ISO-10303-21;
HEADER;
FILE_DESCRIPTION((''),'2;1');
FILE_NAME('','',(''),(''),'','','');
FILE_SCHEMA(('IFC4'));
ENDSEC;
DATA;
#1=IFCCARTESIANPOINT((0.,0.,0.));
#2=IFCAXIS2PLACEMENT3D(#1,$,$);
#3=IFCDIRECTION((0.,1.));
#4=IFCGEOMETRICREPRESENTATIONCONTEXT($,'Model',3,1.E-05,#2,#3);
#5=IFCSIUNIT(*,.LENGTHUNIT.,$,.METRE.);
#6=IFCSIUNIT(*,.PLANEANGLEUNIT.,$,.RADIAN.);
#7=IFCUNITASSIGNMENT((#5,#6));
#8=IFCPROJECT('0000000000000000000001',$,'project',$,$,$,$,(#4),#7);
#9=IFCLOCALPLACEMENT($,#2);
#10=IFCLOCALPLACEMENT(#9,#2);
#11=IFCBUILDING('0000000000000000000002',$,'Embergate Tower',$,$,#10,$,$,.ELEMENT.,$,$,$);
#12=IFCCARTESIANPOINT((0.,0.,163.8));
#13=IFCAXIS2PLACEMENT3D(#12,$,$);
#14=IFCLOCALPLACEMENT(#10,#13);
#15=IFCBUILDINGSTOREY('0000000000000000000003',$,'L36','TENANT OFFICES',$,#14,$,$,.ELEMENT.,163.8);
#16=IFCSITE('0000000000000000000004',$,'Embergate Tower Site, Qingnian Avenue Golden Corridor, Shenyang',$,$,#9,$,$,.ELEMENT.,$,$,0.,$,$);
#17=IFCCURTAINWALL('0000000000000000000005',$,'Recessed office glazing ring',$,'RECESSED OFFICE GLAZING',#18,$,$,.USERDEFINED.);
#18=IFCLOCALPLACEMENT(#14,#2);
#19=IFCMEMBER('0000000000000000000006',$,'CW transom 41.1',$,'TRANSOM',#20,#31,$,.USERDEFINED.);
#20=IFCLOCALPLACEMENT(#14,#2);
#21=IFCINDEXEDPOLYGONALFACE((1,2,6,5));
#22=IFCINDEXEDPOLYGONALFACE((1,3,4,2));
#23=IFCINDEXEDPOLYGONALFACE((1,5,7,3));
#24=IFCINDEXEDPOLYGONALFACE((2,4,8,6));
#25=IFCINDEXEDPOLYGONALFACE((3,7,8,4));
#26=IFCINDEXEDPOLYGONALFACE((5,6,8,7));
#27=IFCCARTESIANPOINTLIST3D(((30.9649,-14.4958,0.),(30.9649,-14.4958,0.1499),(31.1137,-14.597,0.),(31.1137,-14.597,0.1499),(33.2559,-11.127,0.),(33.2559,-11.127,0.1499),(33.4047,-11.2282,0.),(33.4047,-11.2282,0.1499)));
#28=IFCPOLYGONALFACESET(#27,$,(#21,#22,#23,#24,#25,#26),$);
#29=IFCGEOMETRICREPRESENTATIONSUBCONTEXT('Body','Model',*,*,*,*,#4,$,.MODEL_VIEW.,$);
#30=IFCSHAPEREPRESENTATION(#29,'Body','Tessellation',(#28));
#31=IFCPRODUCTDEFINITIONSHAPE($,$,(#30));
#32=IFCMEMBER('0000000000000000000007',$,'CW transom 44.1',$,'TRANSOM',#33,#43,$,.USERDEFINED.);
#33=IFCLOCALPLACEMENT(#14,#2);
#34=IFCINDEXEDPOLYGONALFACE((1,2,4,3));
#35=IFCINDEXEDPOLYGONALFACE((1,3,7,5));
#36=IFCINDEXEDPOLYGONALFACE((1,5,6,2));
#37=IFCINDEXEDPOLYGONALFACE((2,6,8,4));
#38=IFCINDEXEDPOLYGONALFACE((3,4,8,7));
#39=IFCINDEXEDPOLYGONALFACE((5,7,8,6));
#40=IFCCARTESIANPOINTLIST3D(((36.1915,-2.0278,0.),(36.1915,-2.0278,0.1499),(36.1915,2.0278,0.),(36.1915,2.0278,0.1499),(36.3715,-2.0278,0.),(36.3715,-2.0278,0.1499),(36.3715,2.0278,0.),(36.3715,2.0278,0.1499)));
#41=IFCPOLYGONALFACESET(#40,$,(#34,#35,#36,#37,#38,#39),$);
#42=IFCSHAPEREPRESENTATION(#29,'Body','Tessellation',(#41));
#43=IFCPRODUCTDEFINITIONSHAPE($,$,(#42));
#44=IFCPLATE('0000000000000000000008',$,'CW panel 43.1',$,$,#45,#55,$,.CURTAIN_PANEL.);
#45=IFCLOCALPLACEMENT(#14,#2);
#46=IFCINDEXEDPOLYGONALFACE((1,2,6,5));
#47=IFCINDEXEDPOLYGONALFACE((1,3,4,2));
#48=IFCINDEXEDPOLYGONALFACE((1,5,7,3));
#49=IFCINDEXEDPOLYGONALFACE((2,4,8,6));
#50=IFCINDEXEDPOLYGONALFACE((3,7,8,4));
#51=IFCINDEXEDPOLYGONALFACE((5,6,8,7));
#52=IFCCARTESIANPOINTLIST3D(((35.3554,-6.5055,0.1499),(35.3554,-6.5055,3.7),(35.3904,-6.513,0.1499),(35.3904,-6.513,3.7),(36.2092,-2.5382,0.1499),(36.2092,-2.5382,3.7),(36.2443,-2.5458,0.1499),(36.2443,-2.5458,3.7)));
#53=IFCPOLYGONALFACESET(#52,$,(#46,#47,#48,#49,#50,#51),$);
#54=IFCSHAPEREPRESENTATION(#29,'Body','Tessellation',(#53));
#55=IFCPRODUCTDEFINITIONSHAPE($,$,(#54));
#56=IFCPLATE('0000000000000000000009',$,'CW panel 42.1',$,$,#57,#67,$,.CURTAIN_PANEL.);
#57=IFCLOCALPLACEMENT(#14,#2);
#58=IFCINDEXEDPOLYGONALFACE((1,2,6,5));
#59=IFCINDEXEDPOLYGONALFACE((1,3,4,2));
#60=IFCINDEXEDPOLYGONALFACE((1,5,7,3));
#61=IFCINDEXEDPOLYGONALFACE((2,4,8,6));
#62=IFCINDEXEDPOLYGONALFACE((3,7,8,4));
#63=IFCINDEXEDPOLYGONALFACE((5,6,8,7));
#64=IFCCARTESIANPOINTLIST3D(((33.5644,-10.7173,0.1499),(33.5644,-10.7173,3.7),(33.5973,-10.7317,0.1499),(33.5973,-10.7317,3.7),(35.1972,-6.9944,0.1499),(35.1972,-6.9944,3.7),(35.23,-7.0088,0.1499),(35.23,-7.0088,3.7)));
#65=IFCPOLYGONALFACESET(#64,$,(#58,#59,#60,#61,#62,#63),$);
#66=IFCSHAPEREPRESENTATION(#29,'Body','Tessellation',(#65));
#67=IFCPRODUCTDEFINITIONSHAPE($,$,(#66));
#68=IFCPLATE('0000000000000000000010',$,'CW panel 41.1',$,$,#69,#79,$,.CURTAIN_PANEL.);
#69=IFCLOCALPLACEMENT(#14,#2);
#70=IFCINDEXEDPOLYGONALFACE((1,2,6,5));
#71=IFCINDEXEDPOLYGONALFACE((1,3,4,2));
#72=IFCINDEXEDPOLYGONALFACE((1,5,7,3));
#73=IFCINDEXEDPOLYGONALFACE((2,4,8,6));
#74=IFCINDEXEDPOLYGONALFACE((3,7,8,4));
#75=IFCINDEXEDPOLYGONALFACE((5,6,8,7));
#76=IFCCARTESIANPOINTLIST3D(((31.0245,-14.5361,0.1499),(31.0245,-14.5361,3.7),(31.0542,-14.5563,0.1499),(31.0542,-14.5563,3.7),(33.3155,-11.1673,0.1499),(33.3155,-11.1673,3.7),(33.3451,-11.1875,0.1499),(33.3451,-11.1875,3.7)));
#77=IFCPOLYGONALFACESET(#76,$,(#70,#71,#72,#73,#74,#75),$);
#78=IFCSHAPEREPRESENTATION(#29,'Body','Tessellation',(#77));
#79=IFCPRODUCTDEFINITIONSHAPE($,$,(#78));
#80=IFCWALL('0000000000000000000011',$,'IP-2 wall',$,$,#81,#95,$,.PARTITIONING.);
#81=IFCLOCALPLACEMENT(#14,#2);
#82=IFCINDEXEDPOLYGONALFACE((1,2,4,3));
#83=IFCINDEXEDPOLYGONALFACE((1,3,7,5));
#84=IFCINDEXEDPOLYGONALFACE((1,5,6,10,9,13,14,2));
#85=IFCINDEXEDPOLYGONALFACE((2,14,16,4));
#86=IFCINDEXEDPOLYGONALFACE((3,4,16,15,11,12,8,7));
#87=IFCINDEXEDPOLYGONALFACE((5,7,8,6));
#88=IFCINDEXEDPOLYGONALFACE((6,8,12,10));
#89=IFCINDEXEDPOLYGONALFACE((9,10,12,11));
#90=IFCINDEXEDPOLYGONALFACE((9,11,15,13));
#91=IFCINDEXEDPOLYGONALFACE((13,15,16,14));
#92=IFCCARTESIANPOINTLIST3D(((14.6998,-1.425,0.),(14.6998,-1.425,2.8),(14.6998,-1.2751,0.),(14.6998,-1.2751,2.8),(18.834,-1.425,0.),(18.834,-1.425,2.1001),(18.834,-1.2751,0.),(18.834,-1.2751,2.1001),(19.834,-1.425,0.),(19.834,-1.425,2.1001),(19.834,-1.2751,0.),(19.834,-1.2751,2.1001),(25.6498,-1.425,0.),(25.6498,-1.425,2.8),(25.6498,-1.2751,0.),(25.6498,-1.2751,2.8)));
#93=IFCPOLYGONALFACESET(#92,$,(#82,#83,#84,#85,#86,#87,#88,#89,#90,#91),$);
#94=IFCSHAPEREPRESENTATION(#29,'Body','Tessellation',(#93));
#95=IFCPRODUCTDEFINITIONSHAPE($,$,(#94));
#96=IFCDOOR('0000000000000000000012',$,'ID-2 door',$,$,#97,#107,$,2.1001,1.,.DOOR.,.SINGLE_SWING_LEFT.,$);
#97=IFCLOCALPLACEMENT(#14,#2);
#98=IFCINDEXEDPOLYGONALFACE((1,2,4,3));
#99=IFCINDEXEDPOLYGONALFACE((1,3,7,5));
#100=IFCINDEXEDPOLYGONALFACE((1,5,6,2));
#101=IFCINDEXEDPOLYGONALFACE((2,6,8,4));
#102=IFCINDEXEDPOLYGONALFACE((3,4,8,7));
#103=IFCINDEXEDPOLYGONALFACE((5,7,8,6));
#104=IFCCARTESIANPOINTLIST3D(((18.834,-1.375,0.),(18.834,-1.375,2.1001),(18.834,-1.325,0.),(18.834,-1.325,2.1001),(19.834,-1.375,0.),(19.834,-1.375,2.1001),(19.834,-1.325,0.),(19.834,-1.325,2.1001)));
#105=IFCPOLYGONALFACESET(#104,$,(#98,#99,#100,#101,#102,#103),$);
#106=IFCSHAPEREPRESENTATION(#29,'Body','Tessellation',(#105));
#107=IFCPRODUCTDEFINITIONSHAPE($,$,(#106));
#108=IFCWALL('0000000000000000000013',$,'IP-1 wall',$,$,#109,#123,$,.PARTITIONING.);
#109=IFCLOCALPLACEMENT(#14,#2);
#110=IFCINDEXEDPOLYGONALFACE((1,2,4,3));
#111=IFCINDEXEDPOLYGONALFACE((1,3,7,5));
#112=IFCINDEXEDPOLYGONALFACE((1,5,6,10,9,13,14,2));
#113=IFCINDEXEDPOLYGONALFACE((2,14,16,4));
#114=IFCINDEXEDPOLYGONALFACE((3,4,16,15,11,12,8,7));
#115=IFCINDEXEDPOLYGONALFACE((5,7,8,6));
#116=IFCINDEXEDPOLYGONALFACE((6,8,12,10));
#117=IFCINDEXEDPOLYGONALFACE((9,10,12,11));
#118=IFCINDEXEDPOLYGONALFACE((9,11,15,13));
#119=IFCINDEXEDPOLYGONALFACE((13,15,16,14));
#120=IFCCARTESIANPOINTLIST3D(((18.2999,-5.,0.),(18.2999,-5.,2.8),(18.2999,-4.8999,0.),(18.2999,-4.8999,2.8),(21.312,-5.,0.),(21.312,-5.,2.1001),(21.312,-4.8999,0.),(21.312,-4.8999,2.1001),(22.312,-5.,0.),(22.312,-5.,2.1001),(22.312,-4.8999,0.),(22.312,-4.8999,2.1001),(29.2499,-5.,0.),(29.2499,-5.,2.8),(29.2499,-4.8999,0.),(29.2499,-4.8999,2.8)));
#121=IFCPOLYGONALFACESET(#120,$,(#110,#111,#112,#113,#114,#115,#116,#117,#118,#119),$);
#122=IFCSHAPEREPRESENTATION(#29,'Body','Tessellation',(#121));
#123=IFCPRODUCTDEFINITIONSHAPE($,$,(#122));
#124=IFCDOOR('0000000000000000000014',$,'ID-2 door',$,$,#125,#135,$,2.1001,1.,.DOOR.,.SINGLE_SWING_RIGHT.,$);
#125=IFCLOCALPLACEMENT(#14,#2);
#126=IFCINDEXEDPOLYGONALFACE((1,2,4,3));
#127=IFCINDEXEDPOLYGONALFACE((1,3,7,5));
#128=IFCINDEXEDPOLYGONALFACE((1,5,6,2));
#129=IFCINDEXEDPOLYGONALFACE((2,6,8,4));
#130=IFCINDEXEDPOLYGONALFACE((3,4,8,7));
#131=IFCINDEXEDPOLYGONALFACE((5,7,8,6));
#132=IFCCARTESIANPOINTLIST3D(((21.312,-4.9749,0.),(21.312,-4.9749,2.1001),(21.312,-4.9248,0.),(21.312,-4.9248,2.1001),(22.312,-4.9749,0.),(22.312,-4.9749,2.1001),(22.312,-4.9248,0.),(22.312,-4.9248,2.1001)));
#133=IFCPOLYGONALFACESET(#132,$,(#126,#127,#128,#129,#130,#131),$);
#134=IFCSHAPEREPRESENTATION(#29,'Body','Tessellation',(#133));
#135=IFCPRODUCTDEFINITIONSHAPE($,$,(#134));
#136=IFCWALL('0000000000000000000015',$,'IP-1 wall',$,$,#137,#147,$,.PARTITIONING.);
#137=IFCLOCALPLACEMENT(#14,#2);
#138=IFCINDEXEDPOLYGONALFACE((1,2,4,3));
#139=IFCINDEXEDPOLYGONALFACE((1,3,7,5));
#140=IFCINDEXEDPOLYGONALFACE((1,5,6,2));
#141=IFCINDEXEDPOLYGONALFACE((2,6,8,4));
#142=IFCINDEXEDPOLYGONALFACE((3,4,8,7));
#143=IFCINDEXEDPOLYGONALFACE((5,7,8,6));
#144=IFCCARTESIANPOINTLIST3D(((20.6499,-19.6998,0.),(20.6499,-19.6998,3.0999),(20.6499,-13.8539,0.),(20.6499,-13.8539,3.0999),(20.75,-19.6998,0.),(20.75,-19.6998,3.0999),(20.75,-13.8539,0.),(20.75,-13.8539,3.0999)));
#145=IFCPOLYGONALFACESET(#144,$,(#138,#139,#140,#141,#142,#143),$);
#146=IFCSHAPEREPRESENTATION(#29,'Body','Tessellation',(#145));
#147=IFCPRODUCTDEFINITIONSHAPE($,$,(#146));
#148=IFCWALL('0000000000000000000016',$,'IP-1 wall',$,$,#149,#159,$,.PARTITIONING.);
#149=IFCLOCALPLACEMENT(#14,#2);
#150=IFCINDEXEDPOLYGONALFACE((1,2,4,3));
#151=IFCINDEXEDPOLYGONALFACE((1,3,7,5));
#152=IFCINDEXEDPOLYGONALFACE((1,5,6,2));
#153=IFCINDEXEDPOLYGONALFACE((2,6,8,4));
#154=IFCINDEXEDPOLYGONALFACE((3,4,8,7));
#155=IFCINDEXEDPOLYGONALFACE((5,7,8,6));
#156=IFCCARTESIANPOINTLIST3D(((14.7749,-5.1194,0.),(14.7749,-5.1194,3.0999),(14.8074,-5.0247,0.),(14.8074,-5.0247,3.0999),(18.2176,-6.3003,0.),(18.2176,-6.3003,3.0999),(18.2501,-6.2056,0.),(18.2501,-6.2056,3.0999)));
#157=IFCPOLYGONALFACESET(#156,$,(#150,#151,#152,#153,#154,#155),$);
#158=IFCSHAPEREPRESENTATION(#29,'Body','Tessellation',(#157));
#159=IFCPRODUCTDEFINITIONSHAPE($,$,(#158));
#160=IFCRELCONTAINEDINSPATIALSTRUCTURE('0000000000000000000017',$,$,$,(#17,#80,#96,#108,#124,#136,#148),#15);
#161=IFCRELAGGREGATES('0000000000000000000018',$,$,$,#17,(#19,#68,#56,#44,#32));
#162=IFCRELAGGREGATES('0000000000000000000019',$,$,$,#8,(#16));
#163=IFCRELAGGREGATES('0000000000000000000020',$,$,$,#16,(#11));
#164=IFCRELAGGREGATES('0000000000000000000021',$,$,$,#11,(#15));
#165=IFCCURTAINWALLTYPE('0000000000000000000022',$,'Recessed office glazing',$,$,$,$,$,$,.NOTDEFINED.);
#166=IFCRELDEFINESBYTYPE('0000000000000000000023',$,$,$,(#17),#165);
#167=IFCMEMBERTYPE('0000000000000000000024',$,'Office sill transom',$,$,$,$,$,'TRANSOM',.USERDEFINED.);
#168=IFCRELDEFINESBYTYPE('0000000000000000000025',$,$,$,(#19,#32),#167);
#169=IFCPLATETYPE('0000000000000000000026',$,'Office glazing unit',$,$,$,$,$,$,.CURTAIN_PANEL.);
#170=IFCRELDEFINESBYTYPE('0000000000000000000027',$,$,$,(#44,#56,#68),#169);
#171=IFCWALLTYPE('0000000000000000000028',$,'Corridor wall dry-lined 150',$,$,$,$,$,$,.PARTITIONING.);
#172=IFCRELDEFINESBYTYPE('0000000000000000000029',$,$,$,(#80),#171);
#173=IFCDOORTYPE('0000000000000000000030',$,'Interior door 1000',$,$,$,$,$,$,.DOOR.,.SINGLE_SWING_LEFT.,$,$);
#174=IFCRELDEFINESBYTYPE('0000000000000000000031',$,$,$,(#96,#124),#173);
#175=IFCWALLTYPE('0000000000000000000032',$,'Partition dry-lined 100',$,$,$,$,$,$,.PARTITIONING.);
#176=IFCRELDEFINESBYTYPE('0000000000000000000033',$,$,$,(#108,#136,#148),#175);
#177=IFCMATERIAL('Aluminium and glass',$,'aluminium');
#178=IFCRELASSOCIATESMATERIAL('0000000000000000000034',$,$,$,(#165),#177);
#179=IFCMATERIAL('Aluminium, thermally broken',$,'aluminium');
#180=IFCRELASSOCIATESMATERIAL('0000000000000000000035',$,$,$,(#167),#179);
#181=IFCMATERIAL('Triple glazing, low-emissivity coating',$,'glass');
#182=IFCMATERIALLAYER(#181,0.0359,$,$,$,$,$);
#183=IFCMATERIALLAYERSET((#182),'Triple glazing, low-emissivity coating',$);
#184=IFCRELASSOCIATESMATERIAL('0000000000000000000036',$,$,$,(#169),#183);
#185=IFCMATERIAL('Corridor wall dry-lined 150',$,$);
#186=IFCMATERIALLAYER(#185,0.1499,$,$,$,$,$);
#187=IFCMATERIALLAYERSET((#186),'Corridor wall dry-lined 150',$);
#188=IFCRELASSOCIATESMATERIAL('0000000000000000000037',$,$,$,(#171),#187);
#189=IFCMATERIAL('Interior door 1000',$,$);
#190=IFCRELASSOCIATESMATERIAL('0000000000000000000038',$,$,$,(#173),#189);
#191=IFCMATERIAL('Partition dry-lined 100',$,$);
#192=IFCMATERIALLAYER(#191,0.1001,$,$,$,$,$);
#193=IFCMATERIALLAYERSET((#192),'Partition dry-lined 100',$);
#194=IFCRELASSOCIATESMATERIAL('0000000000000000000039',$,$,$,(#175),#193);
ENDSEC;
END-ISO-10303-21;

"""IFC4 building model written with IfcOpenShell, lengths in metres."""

from ifc_helpers import new_model, si_unit, direction, frame, frame_2d, origin, origin_2d, place, context, subcontext, project, spatial, rectangle, extrude, source, transform, mapped, material, layer, layer_set, material_profile, profile_set, type_object, element, fill, aggregate, save


model = new_model("IFC4")

# Units and contexts
model_context = context("Model", 3, precision=1e-05, world=origin(), true_north=direction((0.0, 1.0)))
body_context = subcontext(model_context, "Body", "Model", "MODEL_VIEW")
ifc_project = project(units=[si_unit("LENGTHUNIT", "METRE"), si_unit("PLANEANGLEUNIT", "RADIAN")], contexts=[model_context])

# Site, building, storey
site_placement = place(None, origin())
site = spatial("IfcSite", under=ifc_project, at=site_placement, Name="Embergate Tower Site, Qingnian Avenue Golden Corridor, Shenyang", CompositionType="ELEMENT", RefElevation=0.0)
building_placement = place(site_placement, origin())
building = spatial("IfcBuilding", under=site, at=building_placement, Name="Embergate Tower", CompositionType="ELEMENT")
storey_placement = place(building_placement, frame((0.0, 0.0, 163.8)))
storey = spatial("IfcBuildingStorey", under=building, at=storey_placement, Name="L36", Description="TENANT OFFICES", CompositionType="ELEMENT", Elevation=163.8)

# Curtain wall, members, plates
ifc_material_1 = material(Name="Aluminium and glass", Category="aluminium")
curtain_wall_type = type_object("IfcCurtainWallType", Name="Recessed office glazing", PredefinedType="NOTDEFINED", material=ifc_material_1)
curtain_wall_placement = place(storey_placement, origin())
curtain_wall = element("IfcCurtainWall", 1, at=curtain_wall_placement, inside=storey, type_object=curtain_wall_type, Name="Recessed office glazing ring", ObjectType="RECESSED OFFICE GLAZING", PredefinedType="USERDEFINED")
ifc_material_2 = material(Name="Aluminium, thermally broken", Category="aluminium")
ifc_material_profile_1 = material_profile(ifc_material_2, rectangle(XDim=0.1799, YDim=0.1499, at=origin_2d()), Name="AL 150x180")
ifc_profile_set_1 = profile_set([ifc_material_profile_1], Name="Aluminium, thermally broken")
member_type_1 = type_object("IfcMemberType", Name="Office sill transom", ElementType="TRANSOM", PredefinedType="USERDEFINED", material=ifc_profile_set_1)
shared_shape_1 = source(origin(), body_context, "Body", "SweptSolid", [
    extrude(rectangle(XDim=0.1799, YDim=0.1499, at=origin_2d()), origin(), (0.0, 0.0, 1.0), 4.074),
])
member_1_placement = place(storey_placement, frame((31.0393, -14.5464, 0.075), z_axis=(0.562338, 0.826908, 0.0), x_axis=(-0.826908, 0.562338, 0.0)))
member_1 = element("IfcMember", 2, at=member_1_placement, type_object=member_type_1, Name="CW transom 41.1", ObjectType="TRANSOM", PredefinedType="USERDEFINED", context=body_context, shape_type="MappedRepresentation", body=[
    mapped(shared_shape_1, transform((0.0, 0.0, 0.0))),
])
shared_shape_2 = source(origin(), body_context, "Body", "SweptSolid", [
    extrude(rectangle(XDim=0.1799, YDim=0.1499, at=origin_2d()), origin(), (0.0, 0.0, 1.0), 4.0557),
])
member_2_placement = place(storey_placement, frame((36.2815, -2.0278, 0.075), z_axis=(0.0, 1.0, 0.0), x_axis=(-1.0, 0.0, 0.0)))
member_2 = element("IfcMember", 3, at=member_2_placement, type_object=member_type_1, Name="CW transom 44.1", ObjectType="TRANSOM", PredefinedType="USERDEFINED", context=body_context, shape_type="MappedRepresentation", body=[
    mapped(shared_shape_2, transform((0.0, 0.0, 0.0))),
])
ifc_material_3 = material(Name="Triple glazing, low-emissivity coating", Category="glass")
ifc_layer_1 = layer(ifc_material_3, 0.0359)
ifc_layer_set_1 = layer_set([ifc_layer_1], Name="Triple glazing, low-emissivity coating")
plate_type = type_object("IfcPlateType", Name="Office glazing unit", PredefinedType="CURTAIN_PANEL", material=ifc_layer_set_1)
shared_shape_3 = source(origin(), body_context, "Body", "SweptSolid", [
    extrude(rectangle(XDim=4.0581, YDim=0.0359, at=origin_2d()), origin(), (0.0, 0.0, 1.0), 3.55),
])
plate_1_placement = place(storey_placement, frame((35.7998, -4.5256, 0.1499), z_axis=(0.0, 0.0, 1.0), x_axis=(0.210398, 0.977616, 0.0)))
plate_1 = element("IfcPlate", 4, at=plate_1_placement, type_object=plate_type, Name="CW panel 43.1", PredefinedType="CURTAIN_PANEL", context=body_context, shape_type="MappedRepresentation", body=[
    mapped(shared_shape_3, transform((0.0, 0.0, 0.0))),
])
shared_shape_4 = source(origin(), body_context, "Body", "SweptSolid", [
    extrude(rectangle(XDim=4.0652, YDim=0.0359, at=origin_2d()), origin(), (0.0, 0.0, 1.0), 3.55),
])
plate_2_placement = place(storey_placement, frame((34.3972, -8.863, 0.1499), z_axis=(0.0, 0.0, 1.0), x_axis=(0.401652, 0.915792, 0.0)))
plate_2 = element("IfcPlate", 5, at=plate_2_placement, type_object=plate_type, Name="CW panel 42.1", PredefinedType="CURTAIN_PANEL", context=body_context, shape_type="MappedRepresentation", body=[
    mapped(shared_shape_4, transform((0.0, 0.0, 0.0))),
])
shared_shape_5 = source(origin(), body_context, "Body", "SweptSolid", [
    extrude(rectangle(XDim=4.074, YDim=0.0359, at=origin_2d()), origin(), (0.0, 0.0, 1.0), 3.55),
])
plate_3_placement = place(storey_placement, frame((32.1848, -12.8618, 0.1499), z_axis=(0.0, 0.0, 1.0), x_axis=(0.562342, 0.826905, 0.0)))
plate_3 = element("IfcPlate", 6, at=plate_3_placement, type_object=plate_type, Name="CW panel 41.1", PredefinedType="CURTAIN_PANEL", context=body_context, shape_type="MappedRepresentation", body=[
    mapped(shared_shape_5, transform((0.0, 0.0, 0.0))),
])
aggregate(curtain_wall, [member_1, plate_3, plate_2, plate_1, member_2])

# Walls, openings, doors
ifc_material_4 = material(Name="Corridor wall dry-lined 150")
ifc_layer_2 = layer(ifc_material_4, 0.1499)
ifc_layer_set_2 = layer_set([ifc_layer_2], Name="Corridor wall dry-lined 150")
wall_type_1 = type_object("IfcWallType", Name="Corridor wall dry-lined 150", PredefinedType="PARTITIONING", material=ifc_layer_set_2)
shared_shape_6 = source(origin(), body_context, "Body", "SweptSolid", [
    extrude(rectangle(XDim=10.95, YDim=0.1499, at=frame_2d((5.4751, 0.0))), origin(), (0.0, 0.0, 1.0), 2.8),
])
wall_1_placement = place(storey_placement, frame((25.6499, -1.3501, 0.0), z_axis=(0.0, 0.0, 1.0), x_axis=(-1.0, 0.0, 0.0)))
wall_1 = element("IfcWall", 7, at=wall_1_placement, inside=storey, type_object=wall_type_1, Name="IP-2 wall", PredefinedType="PARTITIONING", context=body_context, shape_type="MappedRepresentation", body=[
    mapped(shared_shape_6, transform((0.0, 0.0, 0.0))),
])
shared_shape_7 = source(origin(), body_context, "Body", "SweptSolid", [
    extrude(rectangle(XDim=1.0, YDim=2.1001, at=frame_2d((0.5, 1.05))), frame((0.0, 0.085, 0.0), z_axis=(0.0, -1.0, 0.0), x_axis=(1.0, 0.0, 0.0)), (0.0, 0.0, 1.0), 0.1699),
])
opening_1_placement = place(wall_1_placement, frame((5.8159, 0.0, 0.0)))
opening_1 = element("IfcOpeningElement", 8, at=opening_1_placement, cuts=wall_1, PredefinedType="OPENING", context=body_context, shape_type="MappedRepresentation", body=[
    mapped(shared_shape_7, transform((0.0, 0.0, 0.0))),
])
ifc_material_5 = material(Name="Interior door 1000")
door_type = type_object("IfcDoorType", Name="Interior door 1000", OperationType="SINGLE_SWING_LEFT", PredefinedType="DOOR", material=ifc_material_5)
shared_shape_8 = source(origin(), body_context, "Body", "SweptSolid", [
    extrude(rectangle(XDim=1.0, YDim=2.1001, at=frame_2d((0.5, 1.05))), frame((0.0, 0.0249, 0.0), z_axis=(0.0, -1.0, 0.0), x_axis=(1.0, 0.0, 0.0)), (0.0, 0.0, 1.0), 0.05),
])
door_1_placement = place(opening_1_placement, origin())
door_1 = element("IfcDoor", 9, at=door_1_placement, inside=storey, type_object=door_type, Name="ID-2 door", OperationType="SINGLE_SWING_LEFT", OverallHeight=2.1001, OverallWidth=1.0, PredefinedType="DOOR", context=body_context, shape_type="MappedRepresentation", body=[
    mapped(shared_shape_8, transform((0.0, 0.0, 0.0))),
])
fill(opening_1, door_1)
ifc_material_6 = material(Name="Partition dry-lined 100")
ifc_layer_3 = layer(ifc_material_6, 0.1001)
ifc_layer_set_3 = layer_set([ifc_layer_3], Name="Partition dry-lined 100")
wall_type_2 = type_object("IfcWallType", Name="Partition dry-lined 100", PredefinedType="PARTITIONING", material=ifc_layer_set_3)
shared_shape_9 = source(origin(), body_context, "Body", "SweptSolid", [
    extrude(rectangle(XDim=10.95, YDim=0.1001, at=frame_2d((5.4751, 0.0))), origin(), (0.0, 0.0, 1.0), 2.8),
])
wall_2_placement = place(storey_placement, frame((29.25, -4.95, 0.0), z_axis=(0.0, 0.0, 1.0), x_axis=(-1.0, 0.0, 0.0)))
wall_2 = element("IfcWall", 10, at=wall_2_placement, inside=storey, type_object=wall_type_2, Name="IP-1 wall", PredefinedType="PARTITIONING", context=body_context, shape_type="MappedRepresentation", body=[
    mapped(shared_shape_9, transform((0.0, 0.0, 0.0))),
])
shared_shape_10 = source(origin(), body_context, "Body", "SweptSolid", [
    extrude(rectangle(XDim=1.0, YDim=2.1001, at=frame_2d((0.5, 1.05))), frame((0.0, 0.0601, 0.0), z_axis=(0.0, -1.0, 0.0), x_axis=(1.0, 0.0, 0.0)), (0.0, 0.0, 1.0), 0.1201),
])
opening_2_placement = place(wall_2_placement, frame((6.938, 0.0, 0.0)))
opening_2 = element("IfcOpeningElement", 11, at=opening_2_placement, cuts=wall_2, PredefinedType="OPENING", context=body_context, shape_type="MappedRepresentation", body=[
    mapped(shared_shape_10, transform((0.0, 0.0, 0.0))),
])
door_2_placement = place(opening_2_placement, origin())
door_2 = element("IfcDoor", 12, at=door_2_placement, inside=storey, type_object=door_type, Name="ID-2 door", OperationType="SINGLE_SWING_RIGHT", OverallHeight=2.1001, OverallWidth=1.0, PredefinedType="DOOR", context=body_context, shape_type="MappedRepresentation", body=[
    mapped(shared_shape_8, transform((0.0, 0.0, 0.0))),
])
fill(opening_2, door_2)

# Walls
shared_shape_11 = source(origin(), body_context, "Body", "SweptSolid", [
    extrude(rectangle(XDim=5.8459, YDim=0.1001, at=frame_2d((2.9229, 0.0))), origin(), (0.0, 0.0, 1.0), 3.0999),
])
wall_3_placement = place(storey_placement, frame((20.7, -13.854, 0.0), z_axis=(0.0, 0.0, 1.0), x_axis=(0.0, -1.0, 0.0)))
element("IfcWall", 13, at=wall_3_placement, inside=storey, type_object=wall_type_2, Name="IP-1 wall", PredefinedType="PARTITIONING", context=body_context, shape_type="MappedRepresentation", body=[
    mapped(shared_shape_11, transform((0.0, 0.0, 0.0))),
])
shared_shape_12 = source(origin(), body_context, "Body", "SweptSolid", [
    extrude(rectangle(XDim=3.6396, YDim=0.1001, at=frame_2d((1.8198, 0.0))), origin(), (0.0, 0.0, 1.0), 3.0999),
])
wall_4_placement = place(storey_placement, frame((18.2339, -6.2529, 0.0), z_axis=(0.0, 0.0, 1.0), x_axis=(-0.945904, 0.324446, 0.0)))
element("IfcWall", 14, at=wall_4_placement, inside=storey, type_object=wall_type_2, Name="IP-1 wall", PredefinedType="PARTITIONING", context=body_context, shape_type="MappedRepresentation", body=[
    mapped(shared_shape_12, transform((0.0, 0.0, 0.0))),
])

save(model, "model.ifc")
